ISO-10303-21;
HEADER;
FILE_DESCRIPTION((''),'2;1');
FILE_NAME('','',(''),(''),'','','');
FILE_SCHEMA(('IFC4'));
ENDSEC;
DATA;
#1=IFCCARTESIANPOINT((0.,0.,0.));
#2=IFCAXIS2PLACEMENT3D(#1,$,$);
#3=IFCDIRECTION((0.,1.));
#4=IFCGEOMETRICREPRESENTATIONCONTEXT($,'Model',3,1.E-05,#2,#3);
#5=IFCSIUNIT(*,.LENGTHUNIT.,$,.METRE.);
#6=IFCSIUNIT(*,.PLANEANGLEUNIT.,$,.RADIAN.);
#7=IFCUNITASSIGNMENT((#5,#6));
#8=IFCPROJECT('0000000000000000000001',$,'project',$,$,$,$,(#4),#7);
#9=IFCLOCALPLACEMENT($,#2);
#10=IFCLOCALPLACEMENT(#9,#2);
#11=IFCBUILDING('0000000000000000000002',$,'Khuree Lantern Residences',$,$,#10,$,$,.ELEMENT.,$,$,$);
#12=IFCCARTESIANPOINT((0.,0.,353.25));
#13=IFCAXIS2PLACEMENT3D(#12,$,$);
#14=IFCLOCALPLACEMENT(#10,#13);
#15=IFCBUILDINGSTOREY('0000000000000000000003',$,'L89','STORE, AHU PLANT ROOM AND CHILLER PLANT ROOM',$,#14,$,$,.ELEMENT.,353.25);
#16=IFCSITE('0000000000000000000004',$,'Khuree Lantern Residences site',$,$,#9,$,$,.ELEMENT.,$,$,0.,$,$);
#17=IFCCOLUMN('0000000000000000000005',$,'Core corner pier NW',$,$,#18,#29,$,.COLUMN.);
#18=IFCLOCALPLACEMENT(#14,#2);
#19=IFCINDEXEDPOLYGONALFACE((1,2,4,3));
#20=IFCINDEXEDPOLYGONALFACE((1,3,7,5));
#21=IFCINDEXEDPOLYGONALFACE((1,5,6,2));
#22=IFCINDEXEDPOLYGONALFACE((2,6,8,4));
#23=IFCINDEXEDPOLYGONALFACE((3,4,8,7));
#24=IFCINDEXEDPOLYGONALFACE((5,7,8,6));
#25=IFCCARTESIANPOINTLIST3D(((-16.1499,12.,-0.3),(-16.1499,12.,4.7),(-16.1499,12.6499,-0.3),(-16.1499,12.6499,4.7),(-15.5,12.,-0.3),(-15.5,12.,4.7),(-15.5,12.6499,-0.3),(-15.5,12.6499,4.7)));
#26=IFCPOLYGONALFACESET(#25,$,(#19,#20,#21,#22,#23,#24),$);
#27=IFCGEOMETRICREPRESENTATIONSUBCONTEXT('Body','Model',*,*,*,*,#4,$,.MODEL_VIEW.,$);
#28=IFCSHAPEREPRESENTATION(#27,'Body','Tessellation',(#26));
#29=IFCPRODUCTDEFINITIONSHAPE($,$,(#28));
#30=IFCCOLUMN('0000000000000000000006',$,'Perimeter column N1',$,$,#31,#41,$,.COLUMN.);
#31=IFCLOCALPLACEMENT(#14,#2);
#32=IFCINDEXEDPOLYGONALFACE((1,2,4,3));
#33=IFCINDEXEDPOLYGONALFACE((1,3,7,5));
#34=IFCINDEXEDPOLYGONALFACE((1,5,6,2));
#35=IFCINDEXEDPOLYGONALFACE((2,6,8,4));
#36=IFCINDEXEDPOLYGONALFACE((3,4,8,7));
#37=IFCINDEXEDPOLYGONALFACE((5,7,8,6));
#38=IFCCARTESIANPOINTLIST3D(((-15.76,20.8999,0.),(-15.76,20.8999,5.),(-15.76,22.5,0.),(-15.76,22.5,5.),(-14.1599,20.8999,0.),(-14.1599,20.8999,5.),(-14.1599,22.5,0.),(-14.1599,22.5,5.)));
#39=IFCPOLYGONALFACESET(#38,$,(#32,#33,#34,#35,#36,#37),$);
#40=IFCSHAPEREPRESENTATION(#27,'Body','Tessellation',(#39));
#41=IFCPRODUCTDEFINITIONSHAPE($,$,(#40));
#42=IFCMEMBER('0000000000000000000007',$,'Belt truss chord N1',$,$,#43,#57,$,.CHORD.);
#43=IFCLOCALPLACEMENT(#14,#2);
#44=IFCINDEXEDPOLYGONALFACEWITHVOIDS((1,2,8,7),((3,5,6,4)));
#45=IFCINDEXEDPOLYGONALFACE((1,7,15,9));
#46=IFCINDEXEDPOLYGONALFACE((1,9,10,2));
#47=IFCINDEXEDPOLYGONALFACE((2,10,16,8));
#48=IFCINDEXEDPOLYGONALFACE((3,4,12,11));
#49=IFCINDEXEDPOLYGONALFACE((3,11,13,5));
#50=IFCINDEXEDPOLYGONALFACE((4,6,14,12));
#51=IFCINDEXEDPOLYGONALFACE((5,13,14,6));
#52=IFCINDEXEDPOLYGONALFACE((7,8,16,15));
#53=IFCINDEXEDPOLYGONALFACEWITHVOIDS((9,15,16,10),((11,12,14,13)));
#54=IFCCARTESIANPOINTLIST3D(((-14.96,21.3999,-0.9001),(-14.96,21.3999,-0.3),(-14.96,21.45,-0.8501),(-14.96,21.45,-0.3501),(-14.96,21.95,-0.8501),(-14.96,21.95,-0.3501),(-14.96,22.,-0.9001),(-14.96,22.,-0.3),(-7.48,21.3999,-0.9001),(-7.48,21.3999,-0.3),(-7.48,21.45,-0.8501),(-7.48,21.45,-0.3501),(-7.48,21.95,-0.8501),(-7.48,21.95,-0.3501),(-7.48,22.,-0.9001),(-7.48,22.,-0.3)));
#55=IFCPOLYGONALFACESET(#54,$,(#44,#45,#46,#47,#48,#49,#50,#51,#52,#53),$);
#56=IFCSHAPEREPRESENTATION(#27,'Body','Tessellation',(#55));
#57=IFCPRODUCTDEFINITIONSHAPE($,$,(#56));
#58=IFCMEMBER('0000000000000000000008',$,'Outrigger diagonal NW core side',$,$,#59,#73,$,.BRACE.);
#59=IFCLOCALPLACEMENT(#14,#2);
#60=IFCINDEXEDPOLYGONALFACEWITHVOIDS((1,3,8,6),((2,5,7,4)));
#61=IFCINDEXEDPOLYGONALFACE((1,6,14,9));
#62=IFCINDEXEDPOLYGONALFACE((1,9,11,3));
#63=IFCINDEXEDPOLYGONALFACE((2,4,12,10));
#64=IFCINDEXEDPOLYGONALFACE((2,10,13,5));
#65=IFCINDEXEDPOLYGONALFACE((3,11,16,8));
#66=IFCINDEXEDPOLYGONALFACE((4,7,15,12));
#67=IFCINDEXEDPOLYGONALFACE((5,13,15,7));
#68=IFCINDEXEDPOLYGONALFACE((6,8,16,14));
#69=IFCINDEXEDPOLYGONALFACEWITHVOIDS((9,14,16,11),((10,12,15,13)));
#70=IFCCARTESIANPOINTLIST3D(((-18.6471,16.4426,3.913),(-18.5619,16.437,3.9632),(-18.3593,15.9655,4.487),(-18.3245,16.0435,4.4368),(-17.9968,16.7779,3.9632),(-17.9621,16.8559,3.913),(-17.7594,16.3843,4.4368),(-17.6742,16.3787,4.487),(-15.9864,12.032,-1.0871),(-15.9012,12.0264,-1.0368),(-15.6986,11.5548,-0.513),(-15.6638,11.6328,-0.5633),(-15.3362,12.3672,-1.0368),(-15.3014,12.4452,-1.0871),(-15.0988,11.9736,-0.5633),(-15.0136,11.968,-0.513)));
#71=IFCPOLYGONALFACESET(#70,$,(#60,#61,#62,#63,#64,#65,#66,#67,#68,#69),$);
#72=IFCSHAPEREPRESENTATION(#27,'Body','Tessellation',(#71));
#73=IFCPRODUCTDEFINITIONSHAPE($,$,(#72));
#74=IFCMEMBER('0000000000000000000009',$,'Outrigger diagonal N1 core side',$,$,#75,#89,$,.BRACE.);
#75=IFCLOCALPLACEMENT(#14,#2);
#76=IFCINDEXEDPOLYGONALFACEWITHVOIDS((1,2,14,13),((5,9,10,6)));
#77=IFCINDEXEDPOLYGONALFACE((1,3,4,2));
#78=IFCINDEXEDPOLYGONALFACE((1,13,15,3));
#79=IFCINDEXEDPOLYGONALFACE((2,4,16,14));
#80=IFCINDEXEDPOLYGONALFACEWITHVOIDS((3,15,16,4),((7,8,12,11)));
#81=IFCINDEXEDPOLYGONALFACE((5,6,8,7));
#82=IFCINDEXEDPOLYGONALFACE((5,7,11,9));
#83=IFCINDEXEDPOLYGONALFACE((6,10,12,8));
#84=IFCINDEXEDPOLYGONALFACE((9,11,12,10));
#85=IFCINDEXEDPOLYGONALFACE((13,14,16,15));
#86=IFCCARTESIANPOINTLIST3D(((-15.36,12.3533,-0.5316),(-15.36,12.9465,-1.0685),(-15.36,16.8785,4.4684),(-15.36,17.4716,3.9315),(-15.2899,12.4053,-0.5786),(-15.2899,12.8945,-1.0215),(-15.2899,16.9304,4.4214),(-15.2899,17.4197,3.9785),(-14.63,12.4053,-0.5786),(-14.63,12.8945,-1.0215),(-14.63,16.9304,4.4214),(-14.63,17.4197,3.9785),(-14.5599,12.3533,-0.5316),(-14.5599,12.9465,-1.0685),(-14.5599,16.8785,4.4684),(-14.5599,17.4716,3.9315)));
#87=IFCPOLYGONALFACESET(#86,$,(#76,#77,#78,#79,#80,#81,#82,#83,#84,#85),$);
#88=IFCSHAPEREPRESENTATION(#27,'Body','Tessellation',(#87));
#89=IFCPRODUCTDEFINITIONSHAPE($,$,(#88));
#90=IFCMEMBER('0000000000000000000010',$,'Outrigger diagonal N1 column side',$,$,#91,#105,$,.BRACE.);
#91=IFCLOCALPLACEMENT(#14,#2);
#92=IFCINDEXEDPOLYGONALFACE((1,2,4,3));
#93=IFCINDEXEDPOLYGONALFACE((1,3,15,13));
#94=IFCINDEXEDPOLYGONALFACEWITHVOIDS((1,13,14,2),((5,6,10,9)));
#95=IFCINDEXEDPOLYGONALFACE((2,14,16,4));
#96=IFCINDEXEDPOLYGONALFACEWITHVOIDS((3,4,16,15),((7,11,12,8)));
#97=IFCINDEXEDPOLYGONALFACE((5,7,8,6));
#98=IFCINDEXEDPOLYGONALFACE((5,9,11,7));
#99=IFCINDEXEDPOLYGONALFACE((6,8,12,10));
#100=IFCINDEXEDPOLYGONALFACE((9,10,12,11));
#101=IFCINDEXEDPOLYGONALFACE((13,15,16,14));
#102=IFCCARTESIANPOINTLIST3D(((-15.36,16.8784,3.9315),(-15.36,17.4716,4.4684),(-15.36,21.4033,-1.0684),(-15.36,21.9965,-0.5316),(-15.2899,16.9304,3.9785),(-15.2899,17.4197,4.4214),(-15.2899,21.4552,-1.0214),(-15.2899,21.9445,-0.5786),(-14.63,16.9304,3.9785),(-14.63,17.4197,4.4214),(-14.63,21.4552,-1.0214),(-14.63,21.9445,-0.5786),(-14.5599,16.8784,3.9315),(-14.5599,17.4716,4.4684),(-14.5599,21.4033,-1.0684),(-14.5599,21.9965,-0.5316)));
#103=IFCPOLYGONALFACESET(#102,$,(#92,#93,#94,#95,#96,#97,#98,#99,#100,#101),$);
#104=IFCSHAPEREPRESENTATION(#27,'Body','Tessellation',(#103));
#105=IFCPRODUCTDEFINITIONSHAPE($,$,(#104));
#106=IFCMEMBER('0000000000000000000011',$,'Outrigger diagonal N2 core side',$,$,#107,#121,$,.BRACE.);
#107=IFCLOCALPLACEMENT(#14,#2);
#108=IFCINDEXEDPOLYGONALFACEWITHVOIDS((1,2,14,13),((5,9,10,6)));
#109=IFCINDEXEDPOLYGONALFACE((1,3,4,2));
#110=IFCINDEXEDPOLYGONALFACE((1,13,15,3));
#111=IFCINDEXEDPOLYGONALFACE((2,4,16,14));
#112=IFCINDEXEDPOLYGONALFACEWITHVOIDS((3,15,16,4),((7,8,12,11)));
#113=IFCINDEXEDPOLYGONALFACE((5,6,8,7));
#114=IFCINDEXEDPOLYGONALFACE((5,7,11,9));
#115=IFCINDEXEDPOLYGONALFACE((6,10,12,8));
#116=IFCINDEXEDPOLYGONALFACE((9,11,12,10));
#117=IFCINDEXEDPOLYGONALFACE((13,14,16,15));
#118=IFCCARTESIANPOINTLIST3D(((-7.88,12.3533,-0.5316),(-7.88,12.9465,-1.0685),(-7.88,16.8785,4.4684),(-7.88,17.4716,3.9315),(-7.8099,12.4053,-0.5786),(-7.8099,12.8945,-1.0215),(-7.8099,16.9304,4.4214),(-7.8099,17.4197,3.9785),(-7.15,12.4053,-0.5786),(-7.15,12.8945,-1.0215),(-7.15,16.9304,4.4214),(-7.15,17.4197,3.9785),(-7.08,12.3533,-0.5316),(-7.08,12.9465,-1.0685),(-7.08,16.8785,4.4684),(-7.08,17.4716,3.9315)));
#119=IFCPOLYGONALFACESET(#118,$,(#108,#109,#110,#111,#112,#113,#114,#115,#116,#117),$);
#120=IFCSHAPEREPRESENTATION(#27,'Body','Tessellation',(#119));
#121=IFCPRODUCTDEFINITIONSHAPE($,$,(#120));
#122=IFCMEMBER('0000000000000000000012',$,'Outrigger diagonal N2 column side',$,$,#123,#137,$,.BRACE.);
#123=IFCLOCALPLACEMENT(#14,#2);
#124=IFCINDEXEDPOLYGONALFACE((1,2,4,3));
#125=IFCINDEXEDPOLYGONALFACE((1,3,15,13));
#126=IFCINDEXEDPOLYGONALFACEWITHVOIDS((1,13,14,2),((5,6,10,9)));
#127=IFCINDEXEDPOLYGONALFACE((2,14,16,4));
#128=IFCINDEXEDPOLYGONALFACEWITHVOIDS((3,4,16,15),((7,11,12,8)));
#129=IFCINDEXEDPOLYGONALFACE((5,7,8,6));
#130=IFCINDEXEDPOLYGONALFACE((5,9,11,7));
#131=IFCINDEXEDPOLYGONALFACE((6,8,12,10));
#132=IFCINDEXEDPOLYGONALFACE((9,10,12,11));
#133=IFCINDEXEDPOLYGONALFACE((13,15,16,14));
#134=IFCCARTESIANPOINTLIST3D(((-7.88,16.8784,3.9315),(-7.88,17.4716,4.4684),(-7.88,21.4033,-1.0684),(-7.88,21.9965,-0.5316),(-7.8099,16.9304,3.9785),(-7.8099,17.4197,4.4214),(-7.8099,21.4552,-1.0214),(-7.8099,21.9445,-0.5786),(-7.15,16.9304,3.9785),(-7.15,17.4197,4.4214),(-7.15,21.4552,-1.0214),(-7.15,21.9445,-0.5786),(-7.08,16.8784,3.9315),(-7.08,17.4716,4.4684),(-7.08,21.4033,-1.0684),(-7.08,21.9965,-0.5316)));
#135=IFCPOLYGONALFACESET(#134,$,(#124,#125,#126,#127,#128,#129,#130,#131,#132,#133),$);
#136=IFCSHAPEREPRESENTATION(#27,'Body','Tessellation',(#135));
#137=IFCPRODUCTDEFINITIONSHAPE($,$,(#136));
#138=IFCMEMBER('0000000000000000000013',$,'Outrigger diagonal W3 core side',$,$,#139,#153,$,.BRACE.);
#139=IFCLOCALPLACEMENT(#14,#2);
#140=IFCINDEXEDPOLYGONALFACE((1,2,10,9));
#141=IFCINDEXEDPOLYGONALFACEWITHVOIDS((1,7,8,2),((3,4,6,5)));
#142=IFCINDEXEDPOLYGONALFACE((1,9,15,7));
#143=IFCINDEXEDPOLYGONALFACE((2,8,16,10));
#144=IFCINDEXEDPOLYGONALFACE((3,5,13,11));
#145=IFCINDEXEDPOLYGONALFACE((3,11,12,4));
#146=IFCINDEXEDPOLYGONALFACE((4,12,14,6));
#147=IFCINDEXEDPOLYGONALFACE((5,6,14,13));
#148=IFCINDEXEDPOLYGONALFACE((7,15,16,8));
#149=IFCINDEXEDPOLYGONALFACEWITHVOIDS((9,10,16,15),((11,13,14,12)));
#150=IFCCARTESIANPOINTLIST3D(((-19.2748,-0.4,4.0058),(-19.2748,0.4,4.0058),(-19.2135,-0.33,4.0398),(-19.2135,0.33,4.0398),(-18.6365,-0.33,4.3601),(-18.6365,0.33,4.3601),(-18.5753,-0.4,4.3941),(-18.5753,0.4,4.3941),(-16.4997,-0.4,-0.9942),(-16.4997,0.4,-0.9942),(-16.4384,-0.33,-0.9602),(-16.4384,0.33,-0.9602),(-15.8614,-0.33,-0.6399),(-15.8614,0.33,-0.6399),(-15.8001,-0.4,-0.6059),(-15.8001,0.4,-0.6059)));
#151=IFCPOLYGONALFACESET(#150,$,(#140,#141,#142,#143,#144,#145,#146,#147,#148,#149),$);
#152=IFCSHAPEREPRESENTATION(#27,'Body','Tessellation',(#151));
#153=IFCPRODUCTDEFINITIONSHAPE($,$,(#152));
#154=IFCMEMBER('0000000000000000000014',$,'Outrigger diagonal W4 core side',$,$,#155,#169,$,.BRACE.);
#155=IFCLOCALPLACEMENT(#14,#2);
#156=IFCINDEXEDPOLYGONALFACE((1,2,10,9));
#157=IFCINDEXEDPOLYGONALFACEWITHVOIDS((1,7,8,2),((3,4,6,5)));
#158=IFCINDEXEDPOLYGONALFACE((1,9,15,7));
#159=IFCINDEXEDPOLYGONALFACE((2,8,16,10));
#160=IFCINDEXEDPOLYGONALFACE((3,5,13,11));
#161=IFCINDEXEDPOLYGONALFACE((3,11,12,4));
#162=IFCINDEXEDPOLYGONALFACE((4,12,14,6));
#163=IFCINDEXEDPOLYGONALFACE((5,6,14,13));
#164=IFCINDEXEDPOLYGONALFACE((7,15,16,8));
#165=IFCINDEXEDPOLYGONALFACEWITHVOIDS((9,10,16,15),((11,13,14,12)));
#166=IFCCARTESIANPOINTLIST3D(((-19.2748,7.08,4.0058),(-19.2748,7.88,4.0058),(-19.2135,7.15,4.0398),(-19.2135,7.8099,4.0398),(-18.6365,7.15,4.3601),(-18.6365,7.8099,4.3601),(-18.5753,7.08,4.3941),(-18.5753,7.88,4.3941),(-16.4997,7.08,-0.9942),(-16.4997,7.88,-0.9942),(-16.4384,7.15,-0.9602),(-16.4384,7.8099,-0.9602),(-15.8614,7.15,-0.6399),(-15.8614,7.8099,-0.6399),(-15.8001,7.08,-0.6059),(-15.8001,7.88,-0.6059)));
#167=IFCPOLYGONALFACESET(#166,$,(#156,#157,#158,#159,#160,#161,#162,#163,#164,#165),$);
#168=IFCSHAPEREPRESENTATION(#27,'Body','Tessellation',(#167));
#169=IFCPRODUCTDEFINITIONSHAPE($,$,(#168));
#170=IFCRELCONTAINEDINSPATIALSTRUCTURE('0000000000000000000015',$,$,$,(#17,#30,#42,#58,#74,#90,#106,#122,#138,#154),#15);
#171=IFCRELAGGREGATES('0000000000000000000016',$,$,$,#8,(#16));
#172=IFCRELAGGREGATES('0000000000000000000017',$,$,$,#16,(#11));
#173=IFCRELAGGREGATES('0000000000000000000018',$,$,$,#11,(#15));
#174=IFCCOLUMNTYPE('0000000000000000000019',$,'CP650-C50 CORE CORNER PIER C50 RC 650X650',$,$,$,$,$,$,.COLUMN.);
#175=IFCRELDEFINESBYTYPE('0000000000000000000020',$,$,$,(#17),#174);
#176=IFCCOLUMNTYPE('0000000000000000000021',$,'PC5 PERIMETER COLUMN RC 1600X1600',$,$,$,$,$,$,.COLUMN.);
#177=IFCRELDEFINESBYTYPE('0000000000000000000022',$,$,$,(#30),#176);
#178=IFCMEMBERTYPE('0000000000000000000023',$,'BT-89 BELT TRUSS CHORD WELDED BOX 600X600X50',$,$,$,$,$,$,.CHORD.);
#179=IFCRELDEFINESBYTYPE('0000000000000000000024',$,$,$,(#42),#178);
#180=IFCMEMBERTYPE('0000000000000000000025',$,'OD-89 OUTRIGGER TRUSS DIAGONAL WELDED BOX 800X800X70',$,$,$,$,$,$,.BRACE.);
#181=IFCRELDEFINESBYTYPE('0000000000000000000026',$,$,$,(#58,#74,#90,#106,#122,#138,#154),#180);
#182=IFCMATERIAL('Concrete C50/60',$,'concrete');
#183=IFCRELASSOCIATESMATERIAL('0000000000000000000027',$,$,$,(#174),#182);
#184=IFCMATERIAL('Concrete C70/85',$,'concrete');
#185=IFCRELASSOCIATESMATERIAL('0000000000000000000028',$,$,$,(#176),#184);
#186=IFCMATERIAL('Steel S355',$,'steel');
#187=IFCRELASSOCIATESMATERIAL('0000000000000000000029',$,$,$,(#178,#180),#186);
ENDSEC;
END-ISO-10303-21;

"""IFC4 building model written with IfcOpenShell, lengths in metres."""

from ifc_helpers import new_model, si_unit, direction, frame, origin, origin_2d, place, context, subcontext, project, spatial, rectangle, hollow_rectangle, extrude, material, material_profile, profile_set, type_object, element, save


model = new_model("IFC4")

# Units and contexts
model_context = context("Model", 3, precision=1e-05, world=origin(), true_north=direction((0.0, 1.0)))
body_context = subcontext(model_context, "Body", "Model", "MODEL_VIEW")
ifc_project = project(units=[si_unit("LENGTHUNIT", "METRE"), si_unit("PLANEANGLEUNIT", "RADIAN")], contexts=[model_context])

# Site, building, storey
site_placement = place(None, origin())
site = spatial("IfcSite", under=ifc_project, at=site_placement, Name="Khuree Lantern Residences site", CompositionType="ELEMENT", RefElevation=0.0)
building_placement = place(site_placement, origin())
building = spatial("IfcBuilding", under=site, at=building_placement, Name="Khuree Lantern Residences", CompositionType="ELEMENT")
storey_placement = place(building_placement, frame((0.0, 0.0, 353.25)))
storey = spatial("IfcBuildingStorey", under=building, at=storey_placement, Name="L89", Description="STORE, AHU PLANT ROOM AND CHILLER PLANT ROOM", CompositionType="ELEMENT", Elevation=353.25)

# Columns
ifc_material_1 = material(Name="Concrete C50/60", Category="concrete")
ifc_material_profile_1 = material_profile(ifc_material_1, rectangle(XDim=0.6499, YDim=0.6499, at=origin_2d()), Name="RC 650X650")
ifc_profile_set_1 = profile_set([ifc_material_profile_1], Name="Concrete C50/60")
column_type_1 = type_object("IfcColumnType", Name="CP650-C50 CORE CORNER PIER C50 RC 650X650", PredefinedType="COLUMN", material=ifc_profile_set_1)
column_1_placement = place(storey_placement, frame((-15.825, 12.325, -0.3), z_axis=(0.0, 0.0, 1.0), x_axis=(1.0, 0.0, 0.0)))
element("IfcColumn", 1, at=column_1_placement, inside=storey, type_object=column_type_1, Name="Core corner pier NW", PredefinedType="COLUMN", context=body_context, shape_type="SweptSolid", body=[
    extrude(rectangle(XDim=0.6499, YDim=0.6499, at=origin_2d()), origin(), (0.0, 0.0, 1.0), 5.0),
])
ifc_material_2 = material(Name="Concrete C70/85", Category="concrete")
ifc_material_profile_2 = material_profile(ifc_material_2, rectangle(XDim=1.6001, YDim=1.6001, at=origin_2d()), Name="RC 1600X1600")
ifc_profile_set_2 = profile_set([ifc_material_profile_2], Name="Concrete C70/85")
column_type_2 = type_object("IfcColumnType", Name="PC5 PERIMETER COLUMN RC 1600X1600", PredefinedType="COLUMN", material=ifc_profile_set_2)
column_2_placement = place(storey_placement, frame((-14.96, 21.7, 0.0), z_axis=(0.0, 0.0, 1.0), x_axis=(1.0, 0.0, 0.0)))
element("IfcColumn", 2, at=column_2_placement, inside=storey, type_object=column_type_2, Name="Perimeter column N1", PredefinedType="COLUMN", context=body_context, shape_type="SweptSolid", body=[
    extrude(rectangle(XDim=1.6001, YDim=1.6001, at=origin_2d()), origin(), (0.0, 0.0, 1.0), 5.0),
])

# Members
ifc_material_3 = material(Name="Steel S355", Category="steel")
ifc_material_profile_3 = material_profile(ifc_material_3, hollow_rectangle(XDim=0.6001, YDim=0.6001, WallThickness=0.05, at=origin_2d()), Name="WELDED BOX 600X600X50")
ifc_profile_set_3 = profile_set([ifc_material_profile_3], Name="Steel S355")
member_type_1 = type_object("IfcMemberType", Name="BT-89 BELT TRUSS CHORD WELDED BOX 600X600X50", PredefinedType="CHORD", material=ifc_profile_set_3)
member_1_placement = place(storey_placement, frame((-14.96, 21.7, -0.6001), z_axis=(1.0, 0.0, 0.0), x_axis=(0.0, 1.0, 0.0)))
element("IfcMember", 3, at=member_1_placement, inside=storey, type_object=member_type_1, Name="Belt truss chord N1", PredefinedType="CHORD", context=body_context, shape_type="SweptSolid", body=[
    extrude(hollow_rectangle(XDim=0.6001, YDim=0.6001, WallThickness=0.05, at=origin_2d()), origin(), (0.0, 0.0, 1.0), 7.48),
])
ifc_material_profile_4 = material_profile(ifc_material_3, hollow_rectangle(XDim=0.8, YDim=0.8, WallThickness=0.0701, at=origin_2d()), Name="WELDED BOX 800X800X70")
ifc_profile_set_4 = profile_set([ifc_material_profile_4], Name="Steel S355")
member_type_2 = type_object("IfcMemberType", Name="OD-89 OUTRIGGER TRUSS DIAGONAL WELDED BOX 800X800X70", PredefinedType="BRACE", material=ifc_profile_set_4)
member_2_placement = place(storey_placement, frame((-15.5, 12.0, -0.8), z_axis=(-0.370634, 0.614413, 0.696511), x_axis=(-0.856269, -0.51653, 0.0)))
element("IfcMember", 4, at=member_2_placement, inside=storey, type_object=member_type_2, Name="Outrigger diagonal NW core side", PredefinedType="BRACE", context=body_context, shape_type="SweptSolid", body=[
    extrude(hollow_rectangle(XDim=0.8, YDim=0.8, WallThickness=0.0701, at=origin_2d()), origin(), (0.0, 0.0, 1.0), 7.1787),
])
member_3_placement = place(storey_placement, frame((-14.96, 12.6499, -0.8), z_axis=(0.0, 0.671022, 0.741437), x_axis=(-1.0, 0.0, 0.0)))
element("IfcMember", 5, at=member_3_placement, inside=storey, type_object=member_type_2, Name="Outrigger diagonal N1 core side", PredefinedType="BRACE", context=body_context, shape_type="SweptSolid", body=[
    extrude(hollow_rectangle(XDim=0.8, YDim=0.8, WallThickness=0.0701, at=origin_2d()), origin(), (0.0, 0.0, 1.0), 6.7437),
])
member_4_placement = place(storey_placement, frame((-14.96, 17.175, 4.2), z_axis=(0.0, 0.671002, -0.741455), x_axis=(-1.0, 0.0, 0.0)))
element("IfcMember", 6, at=member_4_placement, inside=storey, type_object=member_type_2, Name="Outrigger diagonal N1 column side", PredefinedType="BRACE", context=body_context, shape_type="SweptSolid", body=[
    extrude(hollow_rectangle(XDim=0.8, YDim=0.8, WallThickness=0.0701, at=origin_2d()), origin(), (0.0, 0.0, 1.0), 6.7434),
])
member_5_placement = place(storey_placement, frame((-7.48, 12.6499, -0.8), z_axis=(0.0, 0.671022, 0.741437), x_axis=(-1.0, 0.0, 0.0)))
element("IfcMember", 7, at=member_5_placement, inside=storey, type_object=member_type_2, Name="Outrigger diagonal N2 core side", PredefinedType="BRACE", context=body_context, shape_type="SweptSolid", body=[
    extrude(hollow_rectangle(XDim=0.8, YDim=0.8, WallThickness=0.0701, at=origin_2d()), origin(), (0.0, 0.0, 1.0), 6.7437),
])
member_6_placement = place(storey_placement, frame((-7.48, 17.175, 4.2), z_axis=(0.0, 0.671002, -0.741455), x_axis=(-1.0, 0.0, 0.0)))
element("IfcMember", 8, at=member_6_placement, inside=storey, type_object=member_type_2, Name="Outrigger diagonal N2 column side", PredefinedType="BRACE", context=body_context, shape_type="SweptSolid", body=[
    extrude(hollow_rectangle(XDim=0.8, YDim=0.8, WallThickness=0.0701, at=origin_2d()), origin(), (0.0, 0.0, 1.0), 6.7434),
])
for number, where, z_axis, x_axis, name in (
    (9, (-16.1499, 0.0, -0.8), (-0.485291, 0.0, 0.874353), (0.0, -1.0, 0.0), "Outrigger diagonal W3 core side"),
    (10, (-16.1499, 7.48, -0.8), (-0.485291, 0.0, 0.874353), (0.0, -1.0, 0.0), "Outrigger diagonal W4 core side"),
):
    element("IfcMember", number, at=place(storey_placement, frame(where, z_axis=z_axis, x_axis=x_axis)), inside=storey, type_object=member_type_2, Name=name, PredefinedType="BRACE", context=body_context, shape_type="SweptSolid", body=[
        extrude(hollow_rectangle(XDim=0.8, YDim=0.8, WallThickness=0.0701, at=origin_2d()), origin(), (0.0, 0.0, 1.0), 5.7185),
    ])

save(model, "model.ifc")
